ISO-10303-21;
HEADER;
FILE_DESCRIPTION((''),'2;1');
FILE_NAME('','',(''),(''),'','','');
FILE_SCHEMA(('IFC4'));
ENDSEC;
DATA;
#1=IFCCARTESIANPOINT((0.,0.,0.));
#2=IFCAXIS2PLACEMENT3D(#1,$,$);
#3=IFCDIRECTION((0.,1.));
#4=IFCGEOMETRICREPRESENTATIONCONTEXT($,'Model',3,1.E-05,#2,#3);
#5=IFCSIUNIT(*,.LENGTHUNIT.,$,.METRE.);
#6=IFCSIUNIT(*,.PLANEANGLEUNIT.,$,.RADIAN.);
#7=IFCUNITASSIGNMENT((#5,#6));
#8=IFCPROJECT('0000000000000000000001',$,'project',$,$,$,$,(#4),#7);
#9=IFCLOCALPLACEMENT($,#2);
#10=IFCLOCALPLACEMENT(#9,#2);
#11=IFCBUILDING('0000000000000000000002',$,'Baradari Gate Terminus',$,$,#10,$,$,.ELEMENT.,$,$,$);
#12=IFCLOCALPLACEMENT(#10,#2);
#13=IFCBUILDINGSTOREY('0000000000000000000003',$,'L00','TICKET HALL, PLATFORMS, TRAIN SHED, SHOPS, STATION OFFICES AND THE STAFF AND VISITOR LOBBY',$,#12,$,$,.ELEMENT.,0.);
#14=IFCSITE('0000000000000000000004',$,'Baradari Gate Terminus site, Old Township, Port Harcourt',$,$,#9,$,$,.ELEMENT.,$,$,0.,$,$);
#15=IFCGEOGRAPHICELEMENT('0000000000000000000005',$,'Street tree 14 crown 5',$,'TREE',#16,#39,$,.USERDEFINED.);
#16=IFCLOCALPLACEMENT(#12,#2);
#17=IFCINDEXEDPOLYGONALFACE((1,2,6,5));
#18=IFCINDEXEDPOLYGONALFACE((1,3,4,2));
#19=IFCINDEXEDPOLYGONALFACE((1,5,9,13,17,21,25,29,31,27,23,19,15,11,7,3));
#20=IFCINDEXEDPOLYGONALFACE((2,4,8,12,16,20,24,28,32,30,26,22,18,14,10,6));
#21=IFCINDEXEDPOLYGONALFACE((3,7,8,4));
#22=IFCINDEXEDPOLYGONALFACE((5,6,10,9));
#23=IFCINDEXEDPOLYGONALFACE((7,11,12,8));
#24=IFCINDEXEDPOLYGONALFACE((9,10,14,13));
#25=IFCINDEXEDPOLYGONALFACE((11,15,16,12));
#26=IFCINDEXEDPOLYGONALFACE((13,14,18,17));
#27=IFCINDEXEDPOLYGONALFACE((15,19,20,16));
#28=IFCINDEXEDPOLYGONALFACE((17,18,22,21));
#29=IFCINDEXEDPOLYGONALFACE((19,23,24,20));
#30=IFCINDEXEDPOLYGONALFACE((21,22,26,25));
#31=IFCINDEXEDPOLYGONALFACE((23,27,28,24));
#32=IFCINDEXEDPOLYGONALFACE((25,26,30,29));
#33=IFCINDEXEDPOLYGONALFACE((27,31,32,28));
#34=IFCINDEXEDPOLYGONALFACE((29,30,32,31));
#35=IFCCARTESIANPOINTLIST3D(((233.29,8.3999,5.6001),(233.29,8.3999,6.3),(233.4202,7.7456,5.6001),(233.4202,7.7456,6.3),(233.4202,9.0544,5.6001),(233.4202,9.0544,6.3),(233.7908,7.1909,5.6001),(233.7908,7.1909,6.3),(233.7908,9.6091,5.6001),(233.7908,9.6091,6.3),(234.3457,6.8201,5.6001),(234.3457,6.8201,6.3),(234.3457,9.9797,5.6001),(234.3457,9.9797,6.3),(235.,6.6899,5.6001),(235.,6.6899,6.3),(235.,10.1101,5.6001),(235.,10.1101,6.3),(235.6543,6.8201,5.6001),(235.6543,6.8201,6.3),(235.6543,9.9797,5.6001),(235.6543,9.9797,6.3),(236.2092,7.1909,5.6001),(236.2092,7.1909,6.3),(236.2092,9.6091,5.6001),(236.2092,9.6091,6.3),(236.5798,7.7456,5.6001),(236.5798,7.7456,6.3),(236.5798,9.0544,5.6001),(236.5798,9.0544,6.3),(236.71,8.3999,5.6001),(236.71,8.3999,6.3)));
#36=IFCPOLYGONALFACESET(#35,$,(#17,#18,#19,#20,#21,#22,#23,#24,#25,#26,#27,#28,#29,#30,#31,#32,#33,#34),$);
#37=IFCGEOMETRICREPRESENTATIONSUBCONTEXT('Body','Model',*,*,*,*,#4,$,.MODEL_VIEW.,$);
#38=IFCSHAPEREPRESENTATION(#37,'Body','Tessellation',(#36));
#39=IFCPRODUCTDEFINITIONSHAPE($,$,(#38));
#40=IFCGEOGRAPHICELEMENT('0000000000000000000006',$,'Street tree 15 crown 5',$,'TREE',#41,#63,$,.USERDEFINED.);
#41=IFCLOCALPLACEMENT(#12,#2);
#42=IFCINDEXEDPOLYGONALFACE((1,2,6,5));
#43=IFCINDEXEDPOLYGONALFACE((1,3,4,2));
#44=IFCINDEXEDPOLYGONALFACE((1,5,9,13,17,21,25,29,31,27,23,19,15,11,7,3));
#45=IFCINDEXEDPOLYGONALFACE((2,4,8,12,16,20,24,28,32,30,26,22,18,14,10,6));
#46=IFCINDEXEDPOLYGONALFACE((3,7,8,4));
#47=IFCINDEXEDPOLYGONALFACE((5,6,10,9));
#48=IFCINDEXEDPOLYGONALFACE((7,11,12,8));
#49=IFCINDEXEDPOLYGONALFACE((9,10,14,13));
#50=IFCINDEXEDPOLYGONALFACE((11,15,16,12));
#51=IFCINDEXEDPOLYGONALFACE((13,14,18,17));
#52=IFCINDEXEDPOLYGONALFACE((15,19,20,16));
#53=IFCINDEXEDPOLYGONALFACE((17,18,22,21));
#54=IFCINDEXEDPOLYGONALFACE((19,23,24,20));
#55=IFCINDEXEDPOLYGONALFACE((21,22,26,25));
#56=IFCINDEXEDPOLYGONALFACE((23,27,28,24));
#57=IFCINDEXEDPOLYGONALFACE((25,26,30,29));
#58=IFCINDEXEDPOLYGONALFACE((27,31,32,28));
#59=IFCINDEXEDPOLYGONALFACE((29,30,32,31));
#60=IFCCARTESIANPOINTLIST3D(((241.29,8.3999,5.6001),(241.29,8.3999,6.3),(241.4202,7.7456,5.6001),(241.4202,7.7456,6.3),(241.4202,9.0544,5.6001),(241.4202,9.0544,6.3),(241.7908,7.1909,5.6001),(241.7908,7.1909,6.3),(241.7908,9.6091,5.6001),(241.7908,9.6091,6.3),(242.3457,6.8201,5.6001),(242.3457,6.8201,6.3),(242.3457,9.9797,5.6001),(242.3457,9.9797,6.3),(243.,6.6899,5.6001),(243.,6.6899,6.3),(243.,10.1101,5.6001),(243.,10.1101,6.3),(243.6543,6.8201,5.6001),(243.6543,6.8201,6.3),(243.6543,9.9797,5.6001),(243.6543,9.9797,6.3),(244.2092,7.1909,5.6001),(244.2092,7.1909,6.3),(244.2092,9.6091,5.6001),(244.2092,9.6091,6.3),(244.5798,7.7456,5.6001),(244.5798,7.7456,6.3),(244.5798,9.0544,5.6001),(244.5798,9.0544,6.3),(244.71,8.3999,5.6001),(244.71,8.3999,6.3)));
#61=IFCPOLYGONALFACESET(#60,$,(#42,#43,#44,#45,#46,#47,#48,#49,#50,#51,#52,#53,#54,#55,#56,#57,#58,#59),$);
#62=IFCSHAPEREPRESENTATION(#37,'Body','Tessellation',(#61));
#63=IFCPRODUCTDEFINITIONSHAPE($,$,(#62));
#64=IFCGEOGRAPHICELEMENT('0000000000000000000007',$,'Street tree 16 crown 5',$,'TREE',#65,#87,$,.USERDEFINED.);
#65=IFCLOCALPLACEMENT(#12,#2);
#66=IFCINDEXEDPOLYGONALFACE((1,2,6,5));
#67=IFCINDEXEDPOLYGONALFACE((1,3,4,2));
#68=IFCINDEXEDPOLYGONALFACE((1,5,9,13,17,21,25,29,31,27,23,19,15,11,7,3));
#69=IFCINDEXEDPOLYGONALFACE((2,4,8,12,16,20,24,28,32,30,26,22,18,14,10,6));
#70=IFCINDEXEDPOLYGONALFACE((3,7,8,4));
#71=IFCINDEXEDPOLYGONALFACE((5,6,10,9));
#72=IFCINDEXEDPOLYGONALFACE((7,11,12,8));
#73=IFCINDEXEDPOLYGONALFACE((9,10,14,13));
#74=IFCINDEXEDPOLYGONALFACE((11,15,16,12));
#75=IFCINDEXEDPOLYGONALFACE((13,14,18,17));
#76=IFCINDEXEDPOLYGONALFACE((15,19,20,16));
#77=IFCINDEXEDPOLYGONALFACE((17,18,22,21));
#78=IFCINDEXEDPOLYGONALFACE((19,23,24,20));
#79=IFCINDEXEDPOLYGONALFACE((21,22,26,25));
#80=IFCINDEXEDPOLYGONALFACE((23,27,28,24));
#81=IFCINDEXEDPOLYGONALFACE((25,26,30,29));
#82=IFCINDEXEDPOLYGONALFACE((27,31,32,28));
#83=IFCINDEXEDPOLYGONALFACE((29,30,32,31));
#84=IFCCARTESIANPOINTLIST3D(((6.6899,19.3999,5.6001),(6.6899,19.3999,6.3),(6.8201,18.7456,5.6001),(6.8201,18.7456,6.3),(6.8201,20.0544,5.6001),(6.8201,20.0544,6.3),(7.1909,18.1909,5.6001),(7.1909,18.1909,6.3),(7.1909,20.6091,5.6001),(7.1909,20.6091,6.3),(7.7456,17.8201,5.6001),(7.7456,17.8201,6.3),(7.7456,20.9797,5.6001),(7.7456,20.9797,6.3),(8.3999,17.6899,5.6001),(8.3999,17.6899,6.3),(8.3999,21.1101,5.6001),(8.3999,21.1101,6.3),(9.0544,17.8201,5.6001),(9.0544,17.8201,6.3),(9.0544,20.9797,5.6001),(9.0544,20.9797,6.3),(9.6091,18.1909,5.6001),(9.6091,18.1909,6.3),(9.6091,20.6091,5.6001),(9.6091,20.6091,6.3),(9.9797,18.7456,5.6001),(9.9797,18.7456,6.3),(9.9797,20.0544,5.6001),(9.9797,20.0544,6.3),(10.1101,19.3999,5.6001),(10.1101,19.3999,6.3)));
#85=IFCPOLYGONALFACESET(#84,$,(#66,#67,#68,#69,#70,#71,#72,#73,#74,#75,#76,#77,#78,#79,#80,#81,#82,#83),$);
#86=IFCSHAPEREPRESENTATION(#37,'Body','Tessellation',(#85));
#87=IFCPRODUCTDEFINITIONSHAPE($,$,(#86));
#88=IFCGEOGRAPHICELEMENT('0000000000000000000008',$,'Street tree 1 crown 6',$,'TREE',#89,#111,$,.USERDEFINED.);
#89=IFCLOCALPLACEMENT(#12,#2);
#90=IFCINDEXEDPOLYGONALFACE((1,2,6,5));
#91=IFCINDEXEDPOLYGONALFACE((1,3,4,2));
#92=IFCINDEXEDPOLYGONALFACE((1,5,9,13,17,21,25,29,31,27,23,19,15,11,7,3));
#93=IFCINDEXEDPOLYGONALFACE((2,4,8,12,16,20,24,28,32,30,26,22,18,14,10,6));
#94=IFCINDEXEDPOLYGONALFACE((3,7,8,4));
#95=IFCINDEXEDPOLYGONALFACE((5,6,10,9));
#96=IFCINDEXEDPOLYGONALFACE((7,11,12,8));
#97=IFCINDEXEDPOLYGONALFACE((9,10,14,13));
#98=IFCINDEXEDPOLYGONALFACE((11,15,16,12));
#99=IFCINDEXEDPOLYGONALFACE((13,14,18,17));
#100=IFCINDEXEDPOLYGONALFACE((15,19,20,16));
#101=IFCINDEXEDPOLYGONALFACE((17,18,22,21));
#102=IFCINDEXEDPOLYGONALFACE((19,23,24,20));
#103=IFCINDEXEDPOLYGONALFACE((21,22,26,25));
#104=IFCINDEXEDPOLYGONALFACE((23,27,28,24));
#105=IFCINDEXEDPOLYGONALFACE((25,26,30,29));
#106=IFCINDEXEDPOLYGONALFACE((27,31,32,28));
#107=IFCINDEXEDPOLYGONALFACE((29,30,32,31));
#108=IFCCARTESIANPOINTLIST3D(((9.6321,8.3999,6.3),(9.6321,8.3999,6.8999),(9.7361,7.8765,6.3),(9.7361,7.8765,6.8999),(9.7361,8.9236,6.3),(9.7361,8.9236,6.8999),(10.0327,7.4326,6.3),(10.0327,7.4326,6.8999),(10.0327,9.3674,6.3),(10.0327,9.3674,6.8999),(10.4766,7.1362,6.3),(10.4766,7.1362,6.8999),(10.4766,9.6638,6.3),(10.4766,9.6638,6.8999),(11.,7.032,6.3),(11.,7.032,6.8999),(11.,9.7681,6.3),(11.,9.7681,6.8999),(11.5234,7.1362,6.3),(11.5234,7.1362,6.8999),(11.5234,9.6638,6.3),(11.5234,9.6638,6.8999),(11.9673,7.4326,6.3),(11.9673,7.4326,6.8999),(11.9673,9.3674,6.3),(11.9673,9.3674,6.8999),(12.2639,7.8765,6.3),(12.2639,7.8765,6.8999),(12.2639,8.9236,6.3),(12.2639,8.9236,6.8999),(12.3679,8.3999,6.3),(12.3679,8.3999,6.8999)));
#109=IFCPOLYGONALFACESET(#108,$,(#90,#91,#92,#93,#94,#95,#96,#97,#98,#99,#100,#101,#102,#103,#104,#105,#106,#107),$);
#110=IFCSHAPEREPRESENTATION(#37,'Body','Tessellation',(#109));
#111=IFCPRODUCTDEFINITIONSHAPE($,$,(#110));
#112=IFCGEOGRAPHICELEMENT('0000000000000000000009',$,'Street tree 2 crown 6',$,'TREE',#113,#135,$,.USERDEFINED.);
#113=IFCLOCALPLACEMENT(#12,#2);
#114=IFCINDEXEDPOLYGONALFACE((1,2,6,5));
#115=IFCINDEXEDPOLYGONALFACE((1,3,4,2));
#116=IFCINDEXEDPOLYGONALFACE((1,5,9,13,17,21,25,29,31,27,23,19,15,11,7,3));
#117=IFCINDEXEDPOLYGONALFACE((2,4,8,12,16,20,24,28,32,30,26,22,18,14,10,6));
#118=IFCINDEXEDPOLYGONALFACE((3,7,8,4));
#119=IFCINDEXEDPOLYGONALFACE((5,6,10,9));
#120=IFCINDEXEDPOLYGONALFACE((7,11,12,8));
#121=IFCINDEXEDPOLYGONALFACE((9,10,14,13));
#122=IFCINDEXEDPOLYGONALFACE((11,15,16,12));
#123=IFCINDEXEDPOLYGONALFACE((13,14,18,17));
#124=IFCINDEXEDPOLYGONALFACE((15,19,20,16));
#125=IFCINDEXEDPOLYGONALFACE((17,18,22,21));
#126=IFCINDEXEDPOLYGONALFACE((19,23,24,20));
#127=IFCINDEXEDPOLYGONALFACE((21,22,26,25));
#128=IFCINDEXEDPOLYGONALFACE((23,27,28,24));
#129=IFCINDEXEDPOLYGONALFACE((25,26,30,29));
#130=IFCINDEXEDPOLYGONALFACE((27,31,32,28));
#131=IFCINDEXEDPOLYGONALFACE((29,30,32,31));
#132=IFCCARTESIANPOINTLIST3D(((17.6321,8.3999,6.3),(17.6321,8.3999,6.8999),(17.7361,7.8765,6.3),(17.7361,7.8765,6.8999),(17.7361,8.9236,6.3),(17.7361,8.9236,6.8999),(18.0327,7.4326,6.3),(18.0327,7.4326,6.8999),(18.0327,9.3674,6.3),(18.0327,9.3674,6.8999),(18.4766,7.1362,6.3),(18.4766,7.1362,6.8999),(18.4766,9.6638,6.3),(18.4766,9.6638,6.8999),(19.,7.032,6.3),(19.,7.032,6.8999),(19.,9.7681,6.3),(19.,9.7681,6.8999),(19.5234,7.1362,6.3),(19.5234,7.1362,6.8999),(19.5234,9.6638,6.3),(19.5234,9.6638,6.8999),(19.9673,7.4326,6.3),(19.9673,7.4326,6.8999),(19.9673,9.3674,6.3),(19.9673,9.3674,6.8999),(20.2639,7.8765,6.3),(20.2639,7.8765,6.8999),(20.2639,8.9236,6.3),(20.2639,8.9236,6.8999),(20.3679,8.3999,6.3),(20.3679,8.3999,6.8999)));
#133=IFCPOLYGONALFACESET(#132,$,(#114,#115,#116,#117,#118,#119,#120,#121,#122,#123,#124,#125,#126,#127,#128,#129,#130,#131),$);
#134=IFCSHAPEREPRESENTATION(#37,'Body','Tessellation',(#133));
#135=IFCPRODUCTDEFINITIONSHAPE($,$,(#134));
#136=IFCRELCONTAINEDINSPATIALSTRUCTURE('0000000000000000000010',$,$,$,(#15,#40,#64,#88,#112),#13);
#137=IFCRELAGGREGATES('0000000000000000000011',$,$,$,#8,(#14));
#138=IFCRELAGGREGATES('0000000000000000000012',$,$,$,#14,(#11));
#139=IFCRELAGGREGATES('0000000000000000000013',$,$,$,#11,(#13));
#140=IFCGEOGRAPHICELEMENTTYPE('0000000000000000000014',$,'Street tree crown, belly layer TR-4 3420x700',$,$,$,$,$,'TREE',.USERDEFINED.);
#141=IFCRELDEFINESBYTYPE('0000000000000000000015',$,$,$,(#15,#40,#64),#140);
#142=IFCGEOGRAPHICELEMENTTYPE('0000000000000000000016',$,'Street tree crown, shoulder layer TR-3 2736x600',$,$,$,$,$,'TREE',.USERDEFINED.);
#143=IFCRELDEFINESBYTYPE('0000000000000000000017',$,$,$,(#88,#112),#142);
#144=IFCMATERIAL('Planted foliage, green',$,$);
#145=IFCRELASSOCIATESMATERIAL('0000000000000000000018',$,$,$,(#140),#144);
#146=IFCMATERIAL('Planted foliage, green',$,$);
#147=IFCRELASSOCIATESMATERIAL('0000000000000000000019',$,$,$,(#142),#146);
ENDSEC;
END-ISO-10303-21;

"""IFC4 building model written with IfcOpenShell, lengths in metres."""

from ifc_helpers import new_model, si_unit, direction, frame, origin, place, context, subcontext, project, spatial, polyline, outline, extrude, material, type_object, element, save


model = new_model("IFC4")

# Units and contexts
model_context = context("Model", 3, precision=1e-05, world=origin(), true_north=direction((0.0, 1.0)))
body_context = subcontext(model_context, "Body", "Model", "MODEL_VIEW")
ifc_project = project(units=[si_unit("LENGTHUNIT", "METRE"), si_unit("PLANEANGLEUNIT", "RADIAN")], contexts=[model_context])

# Site, building, storey
site_placement = place(None, origin())
site = spatial("IfcSite", under=ifc_project, at=site_placement, Name="Baradari Gate Terminus site, Old Township, Port Harcourt", CompositionType="ELEMENT", RefElevation=0.0)
building_placement = place(site_placement, origin())
building = spatial("IfcBuilding", under=site, at=building_placement, Name="Baradari Gate Terminus", CompositionType="ELEMENT")
storey_placement = place(building_placement, origin())
storey = spatial("IfcBuildingStorey", under=building, at=storey_placement, Name="L00", Description="TICKET HALL, PLATFORMS, TRAIN SHED, SHOPS, STATION OFFICES AND THE STAFF AND VISITOR LOBBY", CompositionType="ELEMENT", Elevation=0.0)

# Geographic elements
ifc_material_1 = material(Name="Planted foliage, green")
geographic_element_type_1 = type_object("IfcGeographicElementType", Name="Street tree crown, belly layer TR-4 3420x700", ElementType="TREE", PredefinedType="USERDEFINED", material=ifc_material_1)
geographic_element_1_placement = place(storey_placement, frame((0.0, 0.0, 5.6001)))
element("IfcGeographicElement", 1, at=geographic_element_1_placement, inside=storey, type_object=geographic_element_type_1, Name="Street tree 14 crown 5", ObjectType="TREE", PredefinedType="USERDEFINED", context=body_context, shape_type="SweptSolid", body=[
    extrude(outline(polyline([(236.71, 8.3999), (236.5798, 9.0544), (236.2092, 9.6091), (235.6543, 9.9797), (235.0, 10.1101), (234.3457, 9.9797), (233.7908, 9.6091), (233.4202, 9.0544), (233.29, 8.3999), (233.4202, 7.7456), (233.7908, 7.1909), (234.3457, 6.8201), (235.0, 6.6899), (235.6543, 6.8201), (236.2092, 7.1909), (236.5798, 7.7456), (236.71, 8.3999)])), origin(), (0.0, 0.0, 1.0), 0.7),
])
geographic_element_2_placement = place(storey_placement, frame((0.0, 0.0, 5.6001)))
element("IfcGeographicElement", 2, at=geographic_element_2_placement, inside=storey, type_object=geographic_element_type_1, Name="Street tree 15 crown 5", ObjectType="TREE", PredefinedType="USERDEFINED", context=body_context, shape_type="SweptSolid", body=[
    extrude(outline(polyline([(244.71, 8.3999), (244.5798, 9.0544), (244.2092, 9.6091), (243.6543, 9.9797), (243.0, 10.1101), (242.3457, 9.9797), (241.7908, 9.6091), (241.4202, 9.0544), (241.29, 8.3999), (241.4202, 7.7456), (241.7908, 7.1909), (242.3457, 6.8201), (243.0, 6.6899), (243.6543, 6.8201), (244.2092, 7.1909), (244.5798, 7.7456), (244.71, 8.3999)])), origin(), (0.0, 0.0, 1.0), 0.7),
])
geographic_element_3_placement = place(storey_placement, frame((0.0, 0.0, 5.6001)))
element("IfcGeographicElement", 3, at=geographic_element_3_placement, inside=storey, type_object=geographic_element_type_1, Name="Street tree 16 crown 5", ObjectType="TREE", PredefinedType="USERDEFINED", context=body_context, shape_type="SweptSolid", body=[
    extrude(outline(polyline([(10.1101, 19.3999), (9.9797, 20.0544), (9.6091, 20.6091), (9.0544, 20.9797), (8.3999, 21.1101), (7.7456, 20.9797), (7.1909, 20.6091), (6.8201, 20.0544), (6.6899, 19.3999), (6.8201, 18.7456), (7.1909, 18.1909), (7.7456, 17.8201), (8.3999, 17.6899), (9.0544, 17.8201), (9.6091, 18.1909), (9.9797, 18.7456), (10.1101, 19.3999)])), origin(), (0.0, 0.0, 1.0), 0.7),
])
ifc_material_2 = material(Name="Planted foliage, green")
geographic_element_type_2 = type_object("IfcGeographicElementType", Name="Street tree crown, shoulder layer TR-3 2736x600", ElementType="TREE", PredefinedType="USERDEFINED", material=ifc_material_2)
geographic_element_4_placement = place(storey_placement, frame((0.0, 0.0, 6.3)))
element("IfcGeographicElement", 4, at=geographic_element_4_placement, inside=storey, type_object=geographic_element_type_2, Name="Street tree 1 crown 6", ObjectType="TREE", PredefinedType="USERDEFINED", context=body_context, shape_type="SweptSolid", body=[
    extrude(outline(polyline([(12.3679, 8.3999), (12.2639, 8.9236), (11.9673, 9.3674), (11.5234, 9.6638), (11.0, 9.7681), (10.4766, 9.6638), (10.0327, 9.3674), (9.7361, 8.9236), (9.6321, 8.3999), (9.7361, 7.8765), (10.0327, 7.4326), (10.4766, 7.1362), (11.0, 7.032), (11.5234, 7.1362), (11.9673, 7.4326), (12.2639, 7.8765), (12.3679, 8.3999)])), origin(), (0.0, 0.0, 1.0), 0.5999),
])
geographic_element_5_placement = place(storey_placement, frame((0.0, 0.0, 6.3)))
element("IfcGeographicElement", 5, at=geographic_element_5_placement, inside=storey, type_object=geographic_element_type_2, Name="Street tree 2 crown 6", ObjectType="TREE", PredefinedType="USERDEFINED", context=body_context, shape_type="SweptSolid", body=[
    extrude(outline(polyline([(20.3679, 8.3999), (20.2639, 8.9236), (19.9673, 9.3674), (19.5234, 9.6638), (19.0, 9.7681), (18.4766, 9.6638), (18.0327, 9.3674), (17.7361, 8.9236), (17.6321, 8.3999), (17.7361, 7.8765), (18.0327, 7.4326), (18.4766, 7.1362), (19.0, 7.032), (19.5234, 7.1362), (19.9673, 7.4326), (20.2639, 7.8765), (20.3679, 8.3999)])), origin(), (0.0, 0.0, 1.0), 0.5999),
])

save(model, "model.ifc")
